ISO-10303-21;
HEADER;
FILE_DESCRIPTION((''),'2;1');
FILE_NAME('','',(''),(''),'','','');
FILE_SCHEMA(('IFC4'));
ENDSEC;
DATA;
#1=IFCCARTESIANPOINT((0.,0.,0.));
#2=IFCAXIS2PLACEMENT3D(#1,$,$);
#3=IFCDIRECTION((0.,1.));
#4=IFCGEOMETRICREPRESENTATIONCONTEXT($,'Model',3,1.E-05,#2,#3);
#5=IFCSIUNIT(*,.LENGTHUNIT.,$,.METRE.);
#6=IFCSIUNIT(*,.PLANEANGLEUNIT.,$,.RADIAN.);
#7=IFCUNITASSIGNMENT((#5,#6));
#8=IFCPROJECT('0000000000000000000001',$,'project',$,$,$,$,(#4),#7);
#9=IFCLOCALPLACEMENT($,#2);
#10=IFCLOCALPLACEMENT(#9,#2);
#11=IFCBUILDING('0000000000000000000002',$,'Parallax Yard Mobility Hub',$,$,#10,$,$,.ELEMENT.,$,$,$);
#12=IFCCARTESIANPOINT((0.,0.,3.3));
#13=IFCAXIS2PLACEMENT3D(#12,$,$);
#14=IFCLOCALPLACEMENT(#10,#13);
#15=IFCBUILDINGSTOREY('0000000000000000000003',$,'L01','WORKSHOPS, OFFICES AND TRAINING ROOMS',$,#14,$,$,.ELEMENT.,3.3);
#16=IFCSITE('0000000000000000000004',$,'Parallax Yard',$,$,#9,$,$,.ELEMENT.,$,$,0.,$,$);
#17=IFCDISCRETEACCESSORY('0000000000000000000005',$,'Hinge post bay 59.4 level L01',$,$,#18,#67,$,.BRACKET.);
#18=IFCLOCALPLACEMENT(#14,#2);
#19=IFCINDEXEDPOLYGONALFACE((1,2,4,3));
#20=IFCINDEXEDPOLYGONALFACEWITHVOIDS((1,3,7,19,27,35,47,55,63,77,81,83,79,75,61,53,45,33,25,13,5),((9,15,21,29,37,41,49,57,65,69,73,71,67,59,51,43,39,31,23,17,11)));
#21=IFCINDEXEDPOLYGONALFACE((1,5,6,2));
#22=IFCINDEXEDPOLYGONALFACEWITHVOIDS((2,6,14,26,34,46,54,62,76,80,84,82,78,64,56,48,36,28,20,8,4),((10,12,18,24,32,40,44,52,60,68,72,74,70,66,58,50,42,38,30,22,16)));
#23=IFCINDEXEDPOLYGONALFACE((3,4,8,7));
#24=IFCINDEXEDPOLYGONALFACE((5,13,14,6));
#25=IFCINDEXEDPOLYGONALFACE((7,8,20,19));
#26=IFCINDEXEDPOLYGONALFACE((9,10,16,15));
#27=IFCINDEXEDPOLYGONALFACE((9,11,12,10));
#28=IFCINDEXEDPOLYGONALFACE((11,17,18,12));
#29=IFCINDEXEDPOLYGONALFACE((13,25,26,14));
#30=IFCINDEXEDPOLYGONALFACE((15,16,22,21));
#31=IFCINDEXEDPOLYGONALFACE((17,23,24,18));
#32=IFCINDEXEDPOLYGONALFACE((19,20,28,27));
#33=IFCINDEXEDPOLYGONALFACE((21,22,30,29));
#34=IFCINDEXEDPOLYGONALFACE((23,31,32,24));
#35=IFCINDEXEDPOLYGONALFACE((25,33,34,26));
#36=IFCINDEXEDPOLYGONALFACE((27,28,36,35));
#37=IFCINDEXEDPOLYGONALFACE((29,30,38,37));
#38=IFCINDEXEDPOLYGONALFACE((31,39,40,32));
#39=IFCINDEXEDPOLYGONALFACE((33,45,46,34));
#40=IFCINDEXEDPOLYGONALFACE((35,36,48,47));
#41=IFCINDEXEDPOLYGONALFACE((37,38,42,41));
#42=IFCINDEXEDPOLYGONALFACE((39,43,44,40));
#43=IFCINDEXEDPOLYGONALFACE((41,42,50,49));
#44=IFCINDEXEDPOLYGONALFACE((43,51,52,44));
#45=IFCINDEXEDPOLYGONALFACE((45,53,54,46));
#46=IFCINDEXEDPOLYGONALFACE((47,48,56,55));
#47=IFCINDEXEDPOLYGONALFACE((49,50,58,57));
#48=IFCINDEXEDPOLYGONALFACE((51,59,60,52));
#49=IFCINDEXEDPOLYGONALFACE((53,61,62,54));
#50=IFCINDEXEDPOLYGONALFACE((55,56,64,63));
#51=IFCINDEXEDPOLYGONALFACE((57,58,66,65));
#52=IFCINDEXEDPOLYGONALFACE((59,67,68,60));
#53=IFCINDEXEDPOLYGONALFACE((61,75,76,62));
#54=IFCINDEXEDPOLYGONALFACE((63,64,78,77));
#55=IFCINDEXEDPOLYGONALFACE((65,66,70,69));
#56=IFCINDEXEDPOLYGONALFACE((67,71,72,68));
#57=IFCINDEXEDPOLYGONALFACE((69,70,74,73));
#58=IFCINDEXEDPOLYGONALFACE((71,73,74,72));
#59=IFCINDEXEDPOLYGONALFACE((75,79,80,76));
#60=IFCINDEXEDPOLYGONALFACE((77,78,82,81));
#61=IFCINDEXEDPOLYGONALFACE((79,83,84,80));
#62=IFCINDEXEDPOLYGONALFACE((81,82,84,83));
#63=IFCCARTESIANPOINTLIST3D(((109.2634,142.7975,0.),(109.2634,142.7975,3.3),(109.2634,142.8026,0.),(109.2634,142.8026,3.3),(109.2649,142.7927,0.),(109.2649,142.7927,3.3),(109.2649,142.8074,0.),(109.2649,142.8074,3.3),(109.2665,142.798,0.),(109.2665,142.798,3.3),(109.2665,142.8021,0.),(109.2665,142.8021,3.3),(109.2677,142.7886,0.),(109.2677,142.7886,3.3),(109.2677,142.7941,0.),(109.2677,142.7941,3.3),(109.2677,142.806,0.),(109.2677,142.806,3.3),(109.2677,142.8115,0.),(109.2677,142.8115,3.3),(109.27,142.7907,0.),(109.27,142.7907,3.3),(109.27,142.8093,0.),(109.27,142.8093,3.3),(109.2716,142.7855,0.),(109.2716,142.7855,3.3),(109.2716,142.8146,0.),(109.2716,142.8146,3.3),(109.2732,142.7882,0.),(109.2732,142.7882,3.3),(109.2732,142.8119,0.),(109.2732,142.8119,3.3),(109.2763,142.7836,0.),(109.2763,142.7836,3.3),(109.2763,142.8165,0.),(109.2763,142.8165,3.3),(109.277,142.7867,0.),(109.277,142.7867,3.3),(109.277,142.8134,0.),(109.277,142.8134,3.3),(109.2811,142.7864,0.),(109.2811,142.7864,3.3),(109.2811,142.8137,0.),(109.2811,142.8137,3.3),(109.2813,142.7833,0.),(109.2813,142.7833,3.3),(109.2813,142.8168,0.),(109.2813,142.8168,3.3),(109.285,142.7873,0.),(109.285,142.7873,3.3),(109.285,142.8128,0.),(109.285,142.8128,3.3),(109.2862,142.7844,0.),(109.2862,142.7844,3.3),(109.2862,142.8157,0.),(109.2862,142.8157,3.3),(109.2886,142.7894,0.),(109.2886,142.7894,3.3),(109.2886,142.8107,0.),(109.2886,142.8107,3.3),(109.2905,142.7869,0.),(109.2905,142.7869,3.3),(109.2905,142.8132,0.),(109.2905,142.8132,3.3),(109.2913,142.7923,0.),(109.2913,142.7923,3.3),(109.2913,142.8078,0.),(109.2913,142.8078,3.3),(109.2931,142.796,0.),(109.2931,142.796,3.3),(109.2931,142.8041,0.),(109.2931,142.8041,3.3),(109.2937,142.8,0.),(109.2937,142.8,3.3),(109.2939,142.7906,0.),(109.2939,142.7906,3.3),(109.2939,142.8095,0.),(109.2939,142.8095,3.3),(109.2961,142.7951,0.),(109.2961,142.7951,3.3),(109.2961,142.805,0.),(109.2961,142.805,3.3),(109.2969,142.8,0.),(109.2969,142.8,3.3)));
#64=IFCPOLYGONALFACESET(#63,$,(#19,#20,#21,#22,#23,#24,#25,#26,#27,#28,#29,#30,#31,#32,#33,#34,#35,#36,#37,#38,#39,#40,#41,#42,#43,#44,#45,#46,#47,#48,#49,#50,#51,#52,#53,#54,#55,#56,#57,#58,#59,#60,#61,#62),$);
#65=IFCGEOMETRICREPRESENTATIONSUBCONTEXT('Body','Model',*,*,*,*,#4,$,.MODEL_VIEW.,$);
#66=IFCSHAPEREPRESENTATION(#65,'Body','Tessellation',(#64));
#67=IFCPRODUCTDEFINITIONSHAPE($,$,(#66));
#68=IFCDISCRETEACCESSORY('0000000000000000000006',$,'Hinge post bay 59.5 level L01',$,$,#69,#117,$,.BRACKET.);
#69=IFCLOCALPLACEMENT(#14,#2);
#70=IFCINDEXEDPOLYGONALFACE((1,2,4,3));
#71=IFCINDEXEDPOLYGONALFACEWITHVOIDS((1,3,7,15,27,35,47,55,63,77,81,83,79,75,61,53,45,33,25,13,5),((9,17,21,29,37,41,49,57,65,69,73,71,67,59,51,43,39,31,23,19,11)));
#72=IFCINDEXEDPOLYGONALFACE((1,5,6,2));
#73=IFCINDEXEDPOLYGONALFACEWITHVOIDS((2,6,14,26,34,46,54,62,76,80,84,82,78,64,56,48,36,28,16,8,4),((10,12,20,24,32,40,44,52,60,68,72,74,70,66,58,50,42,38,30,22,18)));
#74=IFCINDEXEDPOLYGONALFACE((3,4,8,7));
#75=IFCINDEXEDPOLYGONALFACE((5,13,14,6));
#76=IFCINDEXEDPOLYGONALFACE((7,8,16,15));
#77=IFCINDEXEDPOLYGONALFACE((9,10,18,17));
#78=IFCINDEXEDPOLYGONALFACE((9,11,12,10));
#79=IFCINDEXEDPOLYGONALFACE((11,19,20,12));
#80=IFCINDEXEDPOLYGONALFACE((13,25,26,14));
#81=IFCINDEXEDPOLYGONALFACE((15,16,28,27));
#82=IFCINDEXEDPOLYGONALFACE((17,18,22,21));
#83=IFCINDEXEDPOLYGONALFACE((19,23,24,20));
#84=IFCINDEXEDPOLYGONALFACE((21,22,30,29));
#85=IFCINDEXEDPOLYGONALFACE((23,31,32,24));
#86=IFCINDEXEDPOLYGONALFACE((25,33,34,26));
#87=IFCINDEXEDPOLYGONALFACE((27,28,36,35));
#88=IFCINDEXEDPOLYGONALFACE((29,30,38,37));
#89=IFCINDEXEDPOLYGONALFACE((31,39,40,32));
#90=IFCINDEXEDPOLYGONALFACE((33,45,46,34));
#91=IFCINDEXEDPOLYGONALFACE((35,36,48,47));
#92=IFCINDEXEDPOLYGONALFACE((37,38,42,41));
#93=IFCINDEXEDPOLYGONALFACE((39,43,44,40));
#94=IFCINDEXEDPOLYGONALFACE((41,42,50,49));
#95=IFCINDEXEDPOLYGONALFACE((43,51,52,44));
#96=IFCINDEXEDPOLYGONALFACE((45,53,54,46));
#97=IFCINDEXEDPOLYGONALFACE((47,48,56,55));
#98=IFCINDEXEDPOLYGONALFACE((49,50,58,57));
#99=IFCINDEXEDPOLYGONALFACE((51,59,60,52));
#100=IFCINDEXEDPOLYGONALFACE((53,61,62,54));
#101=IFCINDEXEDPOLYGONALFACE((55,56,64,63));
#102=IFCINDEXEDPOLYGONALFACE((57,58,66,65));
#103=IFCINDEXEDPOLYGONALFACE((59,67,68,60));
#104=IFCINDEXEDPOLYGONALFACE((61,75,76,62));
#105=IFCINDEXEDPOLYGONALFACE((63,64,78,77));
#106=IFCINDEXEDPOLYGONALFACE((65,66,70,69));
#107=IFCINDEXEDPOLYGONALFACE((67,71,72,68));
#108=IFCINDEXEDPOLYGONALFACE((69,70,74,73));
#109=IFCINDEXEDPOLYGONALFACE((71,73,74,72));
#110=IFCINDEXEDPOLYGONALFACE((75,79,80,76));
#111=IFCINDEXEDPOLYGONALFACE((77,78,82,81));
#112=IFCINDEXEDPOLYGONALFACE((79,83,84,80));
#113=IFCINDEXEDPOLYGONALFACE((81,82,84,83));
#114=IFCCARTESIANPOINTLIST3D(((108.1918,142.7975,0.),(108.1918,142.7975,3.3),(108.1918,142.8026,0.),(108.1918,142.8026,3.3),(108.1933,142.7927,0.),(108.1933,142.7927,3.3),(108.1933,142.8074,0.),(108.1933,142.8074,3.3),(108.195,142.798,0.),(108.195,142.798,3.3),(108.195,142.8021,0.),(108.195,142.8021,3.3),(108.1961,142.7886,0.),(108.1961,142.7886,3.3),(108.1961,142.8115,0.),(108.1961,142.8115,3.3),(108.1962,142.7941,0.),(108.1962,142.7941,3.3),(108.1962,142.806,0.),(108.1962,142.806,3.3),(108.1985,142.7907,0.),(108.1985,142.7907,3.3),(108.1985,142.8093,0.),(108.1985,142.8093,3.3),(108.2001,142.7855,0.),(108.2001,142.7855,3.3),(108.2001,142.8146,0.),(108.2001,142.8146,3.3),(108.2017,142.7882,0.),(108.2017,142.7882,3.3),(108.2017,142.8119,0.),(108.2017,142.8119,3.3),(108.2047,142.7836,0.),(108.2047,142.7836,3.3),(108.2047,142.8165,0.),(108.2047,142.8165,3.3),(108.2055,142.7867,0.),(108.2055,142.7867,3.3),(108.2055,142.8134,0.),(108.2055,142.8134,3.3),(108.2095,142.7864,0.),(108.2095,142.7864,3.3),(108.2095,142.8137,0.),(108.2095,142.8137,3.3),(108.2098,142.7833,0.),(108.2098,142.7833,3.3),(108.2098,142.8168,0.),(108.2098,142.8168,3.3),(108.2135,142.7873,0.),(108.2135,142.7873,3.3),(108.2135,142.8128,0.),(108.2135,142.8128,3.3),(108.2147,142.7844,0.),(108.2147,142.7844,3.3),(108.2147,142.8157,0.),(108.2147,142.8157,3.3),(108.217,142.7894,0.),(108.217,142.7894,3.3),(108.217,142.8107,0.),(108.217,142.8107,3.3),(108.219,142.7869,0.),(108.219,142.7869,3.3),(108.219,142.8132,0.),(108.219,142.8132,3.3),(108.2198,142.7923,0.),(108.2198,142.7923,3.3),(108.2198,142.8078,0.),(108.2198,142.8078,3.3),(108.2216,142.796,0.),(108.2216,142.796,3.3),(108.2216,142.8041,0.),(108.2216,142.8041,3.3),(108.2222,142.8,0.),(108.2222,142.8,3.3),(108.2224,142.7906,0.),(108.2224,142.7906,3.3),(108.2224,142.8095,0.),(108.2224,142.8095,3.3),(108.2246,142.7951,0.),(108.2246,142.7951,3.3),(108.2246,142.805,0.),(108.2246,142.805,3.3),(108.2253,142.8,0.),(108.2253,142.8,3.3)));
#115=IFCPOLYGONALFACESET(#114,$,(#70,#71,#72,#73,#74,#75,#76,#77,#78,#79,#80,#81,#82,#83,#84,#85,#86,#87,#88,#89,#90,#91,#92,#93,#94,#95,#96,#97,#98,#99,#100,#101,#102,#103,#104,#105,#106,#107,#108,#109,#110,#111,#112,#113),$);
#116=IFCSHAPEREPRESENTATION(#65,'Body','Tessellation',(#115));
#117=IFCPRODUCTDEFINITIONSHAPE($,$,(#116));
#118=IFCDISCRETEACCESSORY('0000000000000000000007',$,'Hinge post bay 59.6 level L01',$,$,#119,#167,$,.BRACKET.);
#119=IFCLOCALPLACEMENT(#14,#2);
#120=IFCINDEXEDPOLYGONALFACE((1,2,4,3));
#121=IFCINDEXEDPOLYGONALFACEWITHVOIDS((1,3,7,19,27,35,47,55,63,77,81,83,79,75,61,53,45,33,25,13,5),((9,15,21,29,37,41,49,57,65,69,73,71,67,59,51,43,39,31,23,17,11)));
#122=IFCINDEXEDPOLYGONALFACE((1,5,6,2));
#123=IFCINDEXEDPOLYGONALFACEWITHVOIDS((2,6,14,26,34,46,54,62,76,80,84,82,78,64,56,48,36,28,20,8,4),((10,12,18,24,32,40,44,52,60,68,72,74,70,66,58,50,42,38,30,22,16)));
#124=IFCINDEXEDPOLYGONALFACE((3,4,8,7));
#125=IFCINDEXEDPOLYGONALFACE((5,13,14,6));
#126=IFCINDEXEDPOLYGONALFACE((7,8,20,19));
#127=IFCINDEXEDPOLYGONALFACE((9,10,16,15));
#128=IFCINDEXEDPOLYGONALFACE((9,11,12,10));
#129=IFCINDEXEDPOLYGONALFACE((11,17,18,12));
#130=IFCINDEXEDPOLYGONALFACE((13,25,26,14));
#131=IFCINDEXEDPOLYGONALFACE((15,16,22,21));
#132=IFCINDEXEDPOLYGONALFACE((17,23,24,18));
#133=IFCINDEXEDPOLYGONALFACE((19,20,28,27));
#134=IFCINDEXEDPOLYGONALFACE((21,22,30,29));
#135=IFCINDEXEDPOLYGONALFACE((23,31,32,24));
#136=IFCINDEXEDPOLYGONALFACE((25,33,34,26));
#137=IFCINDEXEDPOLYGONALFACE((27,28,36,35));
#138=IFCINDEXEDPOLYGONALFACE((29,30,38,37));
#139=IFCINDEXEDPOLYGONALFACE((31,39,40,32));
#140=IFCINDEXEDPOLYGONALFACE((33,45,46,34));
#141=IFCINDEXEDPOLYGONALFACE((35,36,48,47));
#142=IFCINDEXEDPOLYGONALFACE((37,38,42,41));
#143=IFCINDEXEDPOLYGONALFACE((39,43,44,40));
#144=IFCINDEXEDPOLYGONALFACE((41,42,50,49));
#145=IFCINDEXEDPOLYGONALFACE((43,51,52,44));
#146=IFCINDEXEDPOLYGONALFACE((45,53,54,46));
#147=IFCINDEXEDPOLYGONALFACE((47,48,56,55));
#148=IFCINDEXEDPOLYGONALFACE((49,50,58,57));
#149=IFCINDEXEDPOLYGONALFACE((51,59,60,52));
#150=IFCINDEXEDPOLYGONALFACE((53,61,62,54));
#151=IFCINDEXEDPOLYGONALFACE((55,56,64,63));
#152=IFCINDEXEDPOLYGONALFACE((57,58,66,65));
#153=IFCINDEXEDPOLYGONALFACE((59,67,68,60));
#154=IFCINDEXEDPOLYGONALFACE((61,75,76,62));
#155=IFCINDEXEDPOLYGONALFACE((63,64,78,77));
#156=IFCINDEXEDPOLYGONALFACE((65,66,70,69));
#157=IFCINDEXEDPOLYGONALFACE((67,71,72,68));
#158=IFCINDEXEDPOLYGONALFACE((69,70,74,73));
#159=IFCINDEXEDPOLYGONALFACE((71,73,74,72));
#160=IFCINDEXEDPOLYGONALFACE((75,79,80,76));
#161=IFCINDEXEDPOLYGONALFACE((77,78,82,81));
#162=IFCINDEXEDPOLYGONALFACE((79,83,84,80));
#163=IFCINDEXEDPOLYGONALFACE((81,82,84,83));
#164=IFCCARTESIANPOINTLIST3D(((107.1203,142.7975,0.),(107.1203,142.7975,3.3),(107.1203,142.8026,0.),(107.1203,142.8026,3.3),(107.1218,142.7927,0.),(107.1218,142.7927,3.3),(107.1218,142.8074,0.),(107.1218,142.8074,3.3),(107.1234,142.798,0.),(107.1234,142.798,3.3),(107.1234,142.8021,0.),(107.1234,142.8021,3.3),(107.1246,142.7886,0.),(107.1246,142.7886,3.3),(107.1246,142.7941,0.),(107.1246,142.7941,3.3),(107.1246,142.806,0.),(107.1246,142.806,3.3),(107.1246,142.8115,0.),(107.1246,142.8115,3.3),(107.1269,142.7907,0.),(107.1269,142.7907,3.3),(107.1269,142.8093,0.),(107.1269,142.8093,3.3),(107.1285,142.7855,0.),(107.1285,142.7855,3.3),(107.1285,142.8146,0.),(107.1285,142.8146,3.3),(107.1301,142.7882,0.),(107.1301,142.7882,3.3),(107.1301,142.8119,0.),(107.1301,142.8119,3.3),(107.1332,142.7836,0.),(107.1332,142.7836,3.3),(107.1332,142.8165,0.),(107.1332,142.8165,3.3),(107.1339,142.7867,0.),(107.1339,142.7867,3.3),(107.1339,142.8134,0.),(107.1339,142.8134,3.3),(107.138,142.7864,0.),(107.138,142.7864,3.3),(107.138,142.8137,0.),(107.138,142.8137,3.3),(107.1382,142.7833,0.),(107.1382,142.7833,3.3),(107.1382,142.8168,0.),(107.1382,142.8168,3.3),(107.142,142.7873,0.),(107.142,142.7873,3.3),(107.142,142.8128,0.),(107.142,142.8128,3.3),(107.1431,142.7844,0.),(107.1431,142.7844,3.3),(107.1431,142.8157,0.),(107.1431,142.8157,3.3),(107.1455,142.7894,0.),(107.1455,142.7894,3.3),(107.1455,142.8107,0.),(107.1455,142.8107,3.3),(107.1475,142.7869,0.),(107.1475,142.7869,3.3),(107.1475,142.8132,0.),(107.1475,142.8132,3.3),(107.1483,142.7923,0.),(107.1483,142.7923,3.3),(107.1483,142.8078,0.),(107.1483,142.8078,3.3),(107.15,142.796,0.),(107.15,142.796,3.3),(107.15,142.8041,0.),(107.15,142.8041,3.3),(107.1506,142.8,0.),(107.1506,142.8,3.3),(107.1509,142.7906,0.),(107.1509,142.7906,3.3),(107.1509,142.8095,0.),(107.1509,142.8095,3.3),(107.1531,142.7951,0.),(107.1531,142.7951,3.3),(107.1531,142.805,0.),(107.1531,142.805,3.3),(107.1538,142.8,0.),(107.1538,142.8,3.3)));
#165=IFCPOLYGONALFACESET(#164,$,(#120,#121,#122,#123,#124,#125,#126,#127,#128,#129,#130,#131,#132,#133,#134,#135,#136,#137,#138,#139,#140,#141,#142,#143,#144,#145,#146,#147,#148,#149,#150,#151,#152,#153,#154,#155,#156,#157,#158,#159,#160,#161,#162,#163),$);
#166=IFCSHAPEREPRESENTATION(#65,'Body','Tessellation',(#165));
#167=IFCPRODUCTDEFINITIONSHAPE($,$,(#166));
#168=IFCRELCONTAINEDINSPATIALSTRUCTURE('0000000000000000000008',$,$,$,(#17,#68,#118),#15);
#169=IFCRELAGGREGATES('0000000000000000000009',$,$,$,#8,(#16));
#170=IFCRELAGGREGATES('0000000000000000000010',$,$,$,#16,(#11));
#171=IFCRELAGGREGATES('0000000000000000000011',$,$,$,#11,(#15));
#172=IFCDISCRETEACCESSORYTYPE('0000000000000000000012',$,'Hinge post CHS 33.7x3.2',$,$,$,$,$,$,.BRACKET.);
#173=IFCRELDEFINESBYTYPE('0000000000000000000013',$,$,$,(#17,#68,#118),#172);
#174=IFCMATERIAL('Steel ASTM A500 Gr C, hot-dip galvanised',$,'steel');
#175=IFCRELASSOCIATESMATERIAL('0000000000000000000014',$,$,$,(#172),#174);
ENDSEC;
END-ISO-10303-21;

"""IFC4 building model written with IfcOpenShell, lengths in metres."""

from ifc_helpers import new_model, si_unit, direction, frame, origin, origin_2d, place, context, subcontext, project, spatial, hollow_circle, extrude, material, material_profile, profile_set, type_object, element, save


model = new_model("IFC4")

# Units and contexts
model_context = context("Model", 3, precision=1e-05, world=origin(), true_north=direction((0.0, 1.0)))
body_context = subcontext(model_context, "Body", "Model", "MODEL_VIEW")
ifc_project = project(units=[si_unit("LENGTHUNIT", "METRE"), si_unit("PLANEANGLEUNIT", "RADIAN")], contexts=[model_context])

# Site, building, storey
site_placement = place(None, origin())
site = spatial("IfcSite", under=ifc_project, at=site_placement, Name="Parallax Yard", CompositionType="ELEMENT", RefElevation=0.0)
building_placement = place(site_placement, origin())
building = spatial("IfcBuilding", under=site, at=building_placement, Name="Parallax Yard Mobility Hub", CompositionType="ELEMENT")
storey_placement = place(building_placement, frame((0.0, 0.0, 3.3)))
storey = spatial("IfcBuildingStorey", under=building, at=storey_placement, Name="L01", Description="WORKSHOPS, OFFICES AND TRAINING ROOMS", CompositionType="ELEMENT", Elevation=3.3)

# Discrete accessories
ifc_material_1 = material(Name="Steel ASTM A500 Gr C, hot-dip galvanised", Category="steel")
ifc_material_profile = material_profile(ifc_material_1, hollow_circle(Radius=0.0168, WallThickness=0.0032, at=origin_2d()), Name="CHS 33.7x3.2")
ifc_profile_set = profile_set([ifc_material_profile], Name="Steel ASTM A500 Gr C, hot-dip galvanised")
discrete_accessory_type_1 = type_object("IfcDiscreteAccessoryType", Name="Hinge post CHS 33.7x3.2", PredefinedType="BRACKET", material=ifc_profile_set)
for number, where, z_axis, x_axis, name in (
    (1, (109.28, 142.8, 0.0), (0.0, 0.0, 1.0), (1.0, 0.0, 0.0), "Hinge post bay 59.4 level L01"),
    (2, (108.2085, 142.8, 0.0), (0.0, 0.0, 1.0), (1.0, 0.0, 0.0), "Hinge post bay 59.5 level L01"),
    (3, (107.137, 142.8, 0.0), (0.0, 0.0, 1.0), (1.0, 0.0, 0.0), "Hinge post bay 59.6 level L01"),
):
    element("IfcDiscreteAccessory", number, at=place(storey_placement, frame(where, z_axis=z_axis, x_axis=x_axis)), inside=storey, type_object=discrete_accessory_type_1, Name=name, PredefinedType="BRACKET", context=body_context, shape_type="SweptSolid", body=[
        extrude(hollow_circle(Radius=0.0168, WallThickness=0.0032, at=origin_2d()), origin(), (0.0, 0.0, 1.0), 3.3),
    ])

save(model, "model.ifc")
